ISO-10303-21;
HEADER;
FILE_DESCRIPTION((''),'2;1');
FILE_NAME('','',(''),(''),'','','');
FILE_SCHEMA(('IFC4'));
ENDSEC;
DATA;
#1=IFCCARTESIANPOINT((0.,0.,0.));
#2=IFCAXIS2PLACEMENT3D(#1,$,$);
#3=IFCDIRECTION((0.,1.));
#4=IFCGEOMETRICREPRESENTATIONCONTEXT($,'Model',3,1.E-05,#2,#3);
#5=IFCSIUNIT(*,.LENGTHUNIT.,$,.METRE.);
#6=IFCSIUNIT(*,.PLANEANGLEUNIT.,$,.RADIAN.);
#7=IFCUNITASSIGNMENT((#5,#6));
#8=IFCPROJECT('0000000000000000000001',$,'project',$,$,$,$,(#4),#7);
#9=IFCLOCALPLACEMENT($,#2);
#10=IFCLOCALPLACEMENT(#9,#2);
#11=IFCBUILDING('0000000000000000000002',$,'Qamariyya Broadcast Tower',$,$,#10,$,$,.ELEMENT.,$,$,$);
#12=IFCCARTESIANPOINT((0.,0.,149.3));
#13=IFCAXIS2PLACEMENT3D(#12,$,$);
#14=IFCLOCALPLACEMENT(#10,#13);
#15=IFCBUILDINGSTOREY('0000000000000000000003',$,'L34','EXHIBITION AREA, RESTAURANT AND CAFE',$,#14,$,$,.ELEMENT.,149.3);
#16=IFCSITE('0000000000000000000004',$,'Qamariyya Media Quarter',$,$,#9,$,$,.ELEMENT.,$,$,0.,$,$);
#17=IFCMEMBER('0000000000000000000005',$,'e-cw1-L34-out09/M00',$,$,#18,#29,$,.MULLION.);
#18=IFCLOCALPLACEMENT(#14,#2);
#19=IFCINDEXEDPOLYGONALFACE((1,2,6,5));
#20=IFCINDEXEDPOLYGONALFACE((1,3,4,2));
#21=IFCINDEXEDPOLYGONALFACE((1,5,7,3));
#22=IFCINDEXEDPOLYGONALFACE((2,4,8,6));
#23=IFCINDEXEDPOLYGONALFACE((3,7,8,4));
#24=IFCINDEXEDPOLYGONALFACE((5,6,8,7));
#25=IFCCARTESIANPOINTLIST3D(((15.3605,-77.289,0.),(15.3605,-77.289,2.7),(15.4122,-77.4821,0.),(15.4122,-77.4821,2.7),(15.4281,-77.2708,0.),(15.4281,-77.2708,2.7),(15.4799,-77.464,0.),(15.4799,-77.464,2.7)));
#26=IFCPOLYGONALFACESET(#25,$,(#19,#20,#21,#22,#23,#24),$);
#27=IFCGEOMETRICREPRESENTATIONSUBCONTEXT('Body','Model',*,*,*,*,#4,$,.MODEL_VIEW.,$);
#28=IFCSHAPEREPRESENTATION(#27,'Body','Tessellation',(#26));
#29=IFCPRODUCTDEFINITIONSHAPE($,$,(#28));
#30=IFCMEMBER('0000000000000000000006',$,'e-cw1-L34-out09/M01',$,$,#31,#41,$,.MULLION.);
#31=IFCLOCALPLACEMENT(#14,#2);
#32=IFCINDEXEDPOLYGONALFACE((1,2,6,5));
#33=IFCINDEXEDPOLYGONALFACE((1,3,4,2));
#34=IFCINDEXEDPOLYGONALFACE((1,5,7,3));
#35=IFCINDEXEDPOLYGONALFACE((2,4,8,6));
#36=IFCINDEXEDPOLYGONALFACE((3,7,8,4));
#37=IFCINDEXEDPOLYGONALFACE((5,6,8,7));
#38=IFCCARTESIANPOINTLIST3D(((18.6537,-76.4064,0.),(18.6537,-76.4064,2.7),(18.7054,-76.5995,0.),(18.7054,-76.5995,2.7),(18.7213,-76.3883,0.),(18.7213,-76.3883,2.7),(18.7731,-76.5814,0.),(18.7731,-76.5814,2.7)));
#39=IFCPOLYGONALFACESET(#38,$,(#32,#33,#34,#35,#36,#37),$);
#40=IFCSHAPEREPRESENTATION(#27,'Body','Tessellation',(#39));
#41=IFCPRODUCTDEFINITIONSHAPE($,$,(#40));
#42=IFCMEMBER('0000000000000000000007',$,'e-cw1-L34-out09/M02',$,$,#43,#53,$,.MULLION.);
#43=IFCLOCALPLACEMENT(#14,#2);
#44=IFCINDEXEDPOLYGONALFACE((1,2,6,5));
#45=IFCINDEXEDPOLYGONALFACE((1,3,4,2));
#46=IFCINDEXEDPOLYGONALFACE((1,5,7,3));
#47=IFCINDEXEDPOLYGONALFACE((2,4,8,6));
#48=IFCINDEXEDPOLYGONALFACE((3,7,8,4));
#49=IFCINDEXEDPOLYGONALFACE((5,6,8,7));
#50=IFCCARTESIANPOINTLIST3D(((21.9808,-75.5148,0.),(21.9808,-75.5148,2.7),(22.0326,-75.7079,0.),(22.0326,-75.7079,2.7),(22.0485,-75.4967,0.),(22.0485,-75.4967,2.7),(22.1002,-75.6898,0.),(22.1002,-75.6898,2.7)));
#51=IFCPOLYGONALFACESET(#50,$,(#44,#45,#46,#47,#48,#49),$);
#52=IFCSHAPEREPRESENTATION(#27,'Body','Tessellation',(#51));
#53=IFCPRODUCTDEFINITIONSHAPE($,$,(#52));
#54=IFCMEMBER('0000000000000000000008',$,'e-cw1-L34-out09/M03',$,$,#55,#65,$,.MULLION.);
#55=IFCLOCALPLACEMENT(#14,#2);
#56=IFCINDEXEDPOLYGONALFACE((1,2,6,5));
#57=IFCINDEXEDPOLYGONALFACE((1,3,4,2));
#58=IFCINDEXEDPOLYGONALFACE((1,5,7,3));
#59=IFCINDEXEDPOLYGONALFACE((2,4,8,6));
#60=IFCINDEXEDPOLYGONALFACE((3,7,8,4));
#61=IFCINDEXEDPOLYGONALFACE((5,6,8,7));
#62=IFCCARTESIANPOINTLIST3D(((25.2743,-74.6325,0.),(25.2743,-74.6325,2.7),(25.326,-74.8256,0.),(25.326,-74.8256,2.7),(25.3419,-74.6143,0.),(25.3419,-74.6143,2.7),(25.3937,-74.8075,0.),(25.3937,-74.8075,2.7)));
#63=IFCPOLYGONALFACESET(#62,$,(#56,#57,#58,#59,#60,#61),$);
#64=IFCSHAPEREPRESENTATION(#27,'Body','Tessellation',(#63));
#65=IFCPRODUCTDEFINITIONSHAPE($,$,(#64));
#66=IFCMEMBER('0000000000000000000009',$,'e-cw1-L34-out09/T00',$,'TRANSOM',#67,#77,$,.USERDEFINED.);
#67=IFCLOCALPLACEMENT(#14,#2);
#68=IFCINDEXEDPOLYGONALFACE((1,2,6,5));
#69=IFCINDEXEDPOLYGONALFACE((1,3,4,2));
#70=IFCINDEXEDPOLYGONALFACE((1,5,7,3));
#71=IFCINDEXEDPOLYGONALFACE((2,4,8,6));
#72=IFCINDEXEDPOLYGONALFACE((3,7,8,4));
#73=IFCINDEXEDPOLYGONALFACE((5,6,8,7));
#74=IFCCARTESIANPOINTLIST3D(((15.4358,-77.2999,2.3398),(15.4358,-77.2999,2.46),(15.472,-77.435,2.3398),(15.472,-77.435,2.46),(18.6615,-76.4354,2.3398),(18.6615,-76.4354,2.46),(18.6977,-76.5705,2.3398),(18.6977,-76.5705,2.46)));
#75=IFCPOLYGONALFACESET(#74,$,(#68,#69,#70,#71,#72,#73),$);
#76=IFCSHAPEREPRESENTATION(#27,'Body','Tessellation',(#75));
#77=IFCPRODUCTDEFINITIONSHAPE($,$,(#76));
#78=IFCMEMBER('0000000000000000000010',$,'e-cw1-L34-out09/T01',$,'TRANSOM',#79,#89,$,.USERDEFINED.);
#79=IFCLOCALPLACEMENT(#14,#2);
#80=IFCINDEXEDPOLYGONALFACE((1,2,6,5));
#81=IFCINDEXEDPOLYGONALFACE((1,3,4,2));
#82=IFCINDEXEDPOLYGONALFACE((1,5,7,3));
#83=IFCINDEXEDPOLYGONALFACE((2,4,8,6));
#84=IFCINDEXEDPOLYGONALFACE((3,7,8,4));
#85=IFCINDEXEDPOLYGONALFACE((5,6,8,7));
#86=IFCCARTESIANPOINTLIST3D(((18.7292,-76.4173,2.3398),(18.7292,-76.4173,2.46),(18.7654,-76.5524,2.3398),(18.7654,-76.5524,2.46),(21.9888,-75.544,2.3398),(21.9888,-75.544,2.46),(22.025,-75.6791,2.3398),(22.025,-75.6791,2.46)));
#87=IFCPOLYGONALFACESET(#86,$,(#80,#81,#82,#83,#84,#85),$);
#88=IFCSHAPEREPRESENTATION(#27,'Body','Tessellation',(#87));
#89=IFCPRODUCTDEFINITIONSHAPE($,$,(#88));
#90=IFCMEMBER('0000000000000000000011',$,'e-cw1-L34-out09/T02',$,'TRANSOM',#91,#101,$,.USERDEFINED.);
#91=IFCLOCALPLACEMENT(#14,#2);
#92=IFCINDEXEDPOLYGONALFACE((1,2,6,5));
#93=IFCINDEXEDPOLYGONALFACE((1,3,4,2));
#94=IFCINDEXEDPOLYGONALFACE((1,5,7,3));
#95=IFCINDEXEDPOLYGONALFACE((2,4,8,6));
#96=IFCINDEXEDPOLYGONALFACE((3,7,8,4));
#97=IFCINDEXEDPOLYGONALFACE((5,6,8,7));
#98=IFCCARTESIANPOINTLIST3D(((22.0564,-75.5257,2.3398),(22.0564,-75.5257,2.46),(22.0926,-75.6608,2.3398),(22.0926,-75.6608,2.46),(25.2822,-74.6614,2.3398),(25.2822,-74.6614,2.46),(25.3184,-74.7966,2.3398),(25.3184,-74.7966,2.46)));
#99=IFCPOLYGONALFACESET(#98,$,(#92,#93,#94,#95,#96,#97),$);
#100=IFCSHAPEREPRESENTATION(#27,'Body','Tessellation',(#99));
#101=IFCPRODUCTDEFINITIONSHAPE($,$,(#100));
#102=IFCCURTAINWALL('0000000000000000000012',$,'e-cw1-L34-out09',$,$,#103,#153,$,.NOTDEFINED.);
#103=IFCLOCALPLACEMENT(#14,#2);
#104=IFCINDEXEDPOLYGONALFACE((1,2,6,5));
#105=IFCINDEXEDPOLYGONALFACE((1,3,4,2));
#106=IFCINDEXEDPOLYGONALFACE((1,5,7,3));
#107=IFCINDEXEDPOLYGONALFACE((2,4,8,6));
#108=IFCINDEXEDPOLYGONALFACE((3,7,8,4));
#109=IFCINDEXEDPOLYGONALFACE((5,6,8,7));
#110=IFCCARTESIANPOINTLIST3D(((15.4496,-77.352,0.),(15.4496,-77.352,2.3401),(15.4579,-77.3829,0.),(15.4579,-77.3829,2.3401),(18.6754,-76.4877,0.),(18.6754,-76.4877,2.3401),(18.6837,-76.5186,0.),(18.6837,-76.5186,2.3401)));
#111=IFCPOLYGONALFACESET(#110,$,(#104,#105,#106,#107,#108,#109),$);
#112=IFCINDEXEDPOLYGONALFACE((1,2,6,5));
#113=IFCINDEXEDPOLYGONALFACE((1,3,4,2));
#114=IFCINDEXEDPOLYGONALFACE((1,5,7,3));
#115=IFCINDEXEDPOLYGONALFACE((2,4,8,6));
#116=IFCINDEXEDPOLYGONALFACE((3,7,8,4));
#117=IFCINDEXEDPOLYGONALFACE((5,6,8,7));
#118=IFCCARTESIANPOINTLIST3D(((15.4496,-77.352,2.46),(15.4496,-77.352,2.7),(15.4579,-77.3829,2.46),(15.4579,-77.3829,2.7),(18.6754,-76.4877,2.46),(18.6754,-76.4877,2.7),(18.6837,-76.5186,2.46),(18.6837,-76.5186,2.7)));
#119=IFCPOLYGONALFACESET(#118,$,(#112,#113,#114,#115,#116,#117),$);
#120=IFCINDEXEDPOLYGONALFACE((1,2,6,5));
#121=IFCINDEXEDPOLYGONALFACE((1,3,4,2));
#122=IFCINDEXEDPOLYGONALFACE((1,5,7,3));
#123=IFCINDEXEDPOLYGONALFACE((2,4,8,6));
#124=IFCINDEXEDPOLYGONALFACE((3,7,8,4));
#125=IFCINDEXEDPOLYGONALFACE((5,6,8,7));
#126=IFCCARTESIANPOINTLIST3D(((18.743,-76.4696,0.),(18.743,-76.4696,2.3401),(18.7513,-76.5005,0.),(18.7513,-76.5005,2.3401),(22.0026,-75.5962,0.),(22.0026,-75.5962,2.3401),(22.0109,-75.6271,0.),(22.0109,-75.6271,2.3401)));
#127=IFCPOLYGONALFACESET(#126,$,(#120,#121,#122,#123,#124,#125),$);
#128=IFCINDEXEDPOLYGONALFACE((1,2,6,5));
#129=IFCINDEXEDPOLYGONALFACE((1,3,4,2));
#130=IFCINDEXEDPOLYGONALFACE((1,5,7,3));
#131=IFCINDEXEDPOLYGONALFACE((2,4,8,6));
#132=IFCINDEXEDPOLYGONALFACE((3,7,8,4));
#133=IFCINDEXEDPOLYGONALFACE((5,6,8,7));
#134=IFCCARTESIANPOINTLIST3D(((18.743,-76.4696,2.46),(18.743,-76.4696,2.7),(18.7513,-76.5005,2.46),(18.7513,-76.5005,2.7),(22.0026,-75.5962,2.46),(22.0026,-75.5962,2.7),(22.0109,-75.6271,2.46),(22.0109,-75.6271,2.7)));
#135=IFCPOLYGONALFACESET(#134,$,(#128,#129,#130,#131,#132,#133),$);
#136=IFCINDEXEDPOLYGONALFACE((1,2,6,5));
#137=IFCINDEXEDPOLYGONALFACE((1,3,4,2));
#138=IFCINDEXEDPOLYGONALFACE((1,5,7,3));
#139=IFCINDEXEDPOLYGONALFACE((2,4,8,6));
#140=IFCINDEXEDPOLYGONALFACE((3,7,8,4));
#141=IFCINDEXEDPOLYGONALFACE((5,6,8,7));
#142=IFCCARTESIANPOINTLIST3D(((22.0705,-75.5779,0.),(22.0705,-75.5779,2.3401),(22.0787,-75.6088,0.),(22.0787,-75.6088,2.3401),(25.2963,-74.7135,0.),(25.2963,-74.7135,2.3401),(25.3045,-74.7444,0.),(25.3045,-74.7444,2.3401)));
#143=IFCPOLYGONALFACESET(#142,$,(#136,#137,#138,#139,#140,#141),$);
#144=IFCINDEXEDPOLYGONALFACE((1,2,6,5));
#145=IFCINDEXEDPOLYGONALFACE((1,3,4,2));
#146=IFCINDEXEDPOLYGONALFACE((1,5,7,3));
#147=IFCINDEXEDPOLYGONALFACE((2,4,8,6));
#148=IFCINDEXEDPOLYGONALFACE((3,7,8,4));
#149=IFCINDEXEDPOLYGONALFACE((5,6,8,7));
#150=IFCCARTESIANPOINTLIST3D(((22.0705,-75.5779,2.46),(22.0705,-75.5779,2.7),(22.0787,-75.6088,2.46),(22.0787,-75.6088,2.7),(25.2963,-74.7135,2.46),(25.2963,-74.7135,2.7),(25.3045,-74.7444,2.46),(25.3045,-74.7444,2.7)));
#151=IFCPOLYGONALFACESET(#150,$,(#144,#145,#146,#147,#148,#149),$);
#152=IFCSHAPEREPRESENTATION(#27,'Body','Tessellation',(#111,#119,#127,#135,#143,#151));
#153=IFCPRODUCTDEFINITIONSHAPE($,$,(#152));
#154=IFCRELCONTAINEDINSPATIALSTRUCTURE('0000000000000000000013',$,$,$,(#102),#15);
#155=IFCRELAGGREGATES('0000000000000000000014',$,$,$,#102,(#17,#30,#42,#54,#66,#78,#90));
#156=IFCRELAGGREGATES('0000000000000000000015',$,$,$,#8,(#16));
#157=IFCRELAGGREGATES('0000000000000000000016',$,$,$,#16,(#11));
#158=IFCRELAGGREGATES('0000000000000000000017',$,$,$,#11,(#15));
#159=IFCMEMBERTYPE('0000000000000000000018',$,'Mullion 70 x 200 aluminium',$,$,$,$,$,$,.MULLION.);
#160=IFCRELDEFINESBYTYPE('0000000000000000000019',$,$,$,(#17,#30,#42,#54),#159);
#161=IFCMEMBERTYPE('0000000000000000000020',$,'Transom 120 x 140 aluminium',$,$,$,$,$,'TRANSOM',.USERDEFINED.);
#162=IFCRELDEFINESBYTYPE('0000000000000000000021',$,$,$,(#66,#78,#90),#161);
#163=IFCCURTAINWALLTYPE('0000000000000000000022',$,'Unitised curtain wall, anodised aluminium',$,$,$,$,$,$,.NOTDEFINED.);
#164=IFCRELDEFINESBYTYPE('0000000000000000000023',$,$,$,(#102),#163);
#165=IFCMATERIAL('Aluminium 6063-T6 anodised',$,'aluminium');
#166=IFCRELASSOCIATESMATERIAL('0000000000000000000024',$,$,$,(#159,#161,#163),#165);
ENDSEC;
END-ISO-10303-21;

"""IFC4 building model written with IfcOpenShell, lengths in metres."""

from ifc_helpers import new_model, si_unit, direction, frame, origin, origin_2d, place, context, subcontext, project, spatial, rectangle, extrude, material, material_profile, profile_set, type_object, element, aggregate, save


model = new_model("IFC4")

# Units and contexts
model_context = context("Model", 3, precision=1e-05, world=origin(), true_north=direction((0.0, 1.0)))
body_context = subcontext(model_context, "Body", "Model", "MODEL_VIEW")
ifc_project = project(units=[si_unit("LENGTHUNIT", "METRE"), si_unit("PLANEANGLEUNIT", "RADIAN")], contexts=[model_context])

# Members
ifc_material = material(Name="Aluminium 6063-T6 anodised", Category="aluminium")
ifc_material_profile_1 = material_profile(ifc_material, rectangle(XDim=0.2, YDim=0.0701, at=origin_2d()))
ifc_profile_set_1 = profile_set([ifc_material_profile_1], Name="Aluminium 6063-T6 anodised")
member_type_1 = type_object("IfcMemberType", Name="Mullion 70 x 200 aluminium", PredefinedType="MULLION", material=ifc_profile_set_1)
site_placement = place(None, origin())
building_placement = place(site_placement, origin())
storey_placement = place(building_placement, frame((0.0, 0.0, 149.3)))
member_1_placement = place(storey_placement, frame((15.4202, -77.3765, 0.0), z_axis=(0.0, 0.0, 1.0), x_axis=(-0.258819, 0.965926, 0.0)))
member_1 = element("IfcMember", 1, at=member_1_placement, type_object=member_type_1, Name="e-cw1-L34-out09/M00", PredefinedType="MULLION", context=body_context, shape_type="SweptSolid", body=[
    extrude(rectangle(XDim=0.2, YDim=0.0701, at=origin_2d()), origin(), (0.0, 0.0, 1.0), 2.7),
])
member_2_placement = place(storey_placement, frame((18.7134, -76.4939, 0.0), z_axis=(0.0, 0.0, 1.0), x_axis=(-0.258819, 0.965926, 0.0)))
member_2 = element("IfcMember", 2, at=member_2_placement, type_object=member_type_1, Name="e-cw1-L34-out09/M01", PredefinedType="MULLION", context=body_context, shape_type="SweptSolid", body=[
    extrude(rectangle(XDim=0.2, YDim=0.0701, at=origin_2d()), origin(), (0.0, 0.0, 1.0), 2.7),
])
member_3_placement = place(storey_placement, frame((22.0405, -75.6023, 0.0), z_axis=(0.0, 0.0, 1.0), x_axis=(-0.258819, 0.965926, 0.0)))
member_3 = element("IfcMember", 3, at=member_3_placement, type_object=member_type_1, Name="e-cw1-L34-out09/M02", PredefinedType="MULLION", context=body_context, shape_type="SweptSolid", body=[
    extrude(rectangle(XDim=0.2, YDim=0.0701, at=origin_2d()), origin(), (0.0, 0.0, 1.0), 2.7),
])
member_4_placement = place(storey_placement, frame((25.334, -74.72, 0.0), z_axis=(0.0, 0.0, 1.0), x_axis=(-0.258819, 0.965926, 0.0)))
member_4 = element("IfcMember", 4, at=member_4_placement, type_object=member_type_1, Name="e-cw1-L34-out09/M03", PredefinedType="MULLION", context=body_context, shape_type="SweptSolid", body=[
    extrude(rectangle(XDim=0.2, YDim=0.0701, at=origin_2d()), origin(), (0.0, 0.0, 1.0), 2.7),
])
ifc_material_profile_2 = material_profile(ifc_material, rectangle(XDim=0.1399, YDim=0.1201, at=origin_2d()))
ifc_profile_set_2 = profile_set([ifc_material_profile_2], Name="Aluminium 6063-T6 anodised")
member_type_2 = type_object("IfcMemberType", Name="Transom 120 x 140 aluminium", ElementType="TRANSOM", PredefinedType="USERDEFINED", material=ifc_profile_set_2)
member_5_placement = place(storey_placement, frame((15.4539, -77.3674, 2.3999), z_axis=(0.965915, 0.258859, 0.0), x_axis=(-0.258859, 0.965915, 0.0)))
member_5 = element("IfcMember", 5, at=member_5_placement, type_object=member_type_2, Name="e-cw1-L34-out09/T00", ObjectType="TRANSOM", PredefinedType="USERDEFINED", context=body_context, shape_type="SweptSolid", body=[
    extrude(rectangle(XDim=0.1399, YDim=0.1201, at=origin_2d()), origin(), (0.0, 0.0, 1.0), 3.3396),
])
member_6_placement = place(storey_placement, frame((18.7473, -76.4849, 2.3999), z_axis=(0.965933, 0.258793, 0.0), x_axis=(-0.258793, 0.965933, 0.0)))
member_6 = element("IfcMember", 6, at=member_6_placement, type_object=member_type_2, Name="e-cw1-L34-out09/T01", ObjectType="TRANSOM", PredefinedType="USERDEFINED", context=body_context, shape_type="SweptSolid", body=[
    extrude(rectangle(XDim=0.1399, YDim=0.1201, at=origin_2d()), origin(), (0.0, 0.0, 1.0), 3.3745),
])
member_7_placement = place(storey_placement, frame((22.0745, -75.5933, 2.3999), z_axis=(0.965933, 0.258791, 0.0), x_axis=(-0.258791, 0.965933, 0.0)))
member_7 = element("IfcMember", 7, at=member_7_placement, type_object=member_type_2, Name="e-cw1-L34-out09/T02", ObjectType="TRANSOM", PredefinedType="USERDEFINED", context=body_context, shape_type="SweptSolid", body=[
    extrude(rectangle(XDim=0.1399, YDim=0.1201, at=origin_2d()), origin(), (0.0, 0.0, 1.0), 3.3396),
])

# Site, building, storey
site = spatial("IfcSite", under=ifc_project, at=site_placement, Name="Qamariyya Media Quarter", CompositionType="ELEMENT", RefElevation=0.0)
building = spatial("IfcBuilding", under=site, at=building_placement, Name="Qamariyya Broadcast Tower", CompositionType="ELEMENT")
storey = spatial("IfcBuildingStorey", under=building, at=storey_placement, Name="L34", Description="EXHIBITION AREA, RESTAURANT AND CAFE", CompositionType="ELEMENT", Elevation=149.3)

# Curtain wall
curtain_wall_type = type_object("IfcCurtainWallType", Name="Unitised curtain wall, anodised aluminium", PredefinedType="NOTDEFINED", material=ifc_material)
curtain_wall_1_placement = place(storey_placement, origin())
curtain_wall_1 = element("IfcCurtainWall", 8, at=curtain_wall_1_placement, inside=storey, type_object=curtain_wall_type, Name="e-cw1-L34-out09", PredefinedType="NOTDEFINED", context=body_context, shape_type="SweptSolid", body=[
    extrude(rectangle(XDim=3.3396, YDim=0.032, at=origin_2d()), frame((17.0667, -76.9353, 0.0), x_axis=(0.965926, 0.258817, 0.0)), (0.0, 0.0, 1.0), 2.3401),
    extrude(rectangle(XDim=3.3396, YDim=0.032, at=origin_2d()), frame((17.0667, -76.9353, 2.46), x_axis=(0.965926, 0.258817, 0.0)), (0.0, 0.0, 1.0), 0.24),
    extrude(rectangle(XDim=3.3745, YDim=0.032, at=origin_2d()), frame((20.377, -76.0483, 0.0), x_axis=(0.965926, 0.258817, 0.0)), (0.0, 0.0, 1.0), 2.3401),
    extrude(rectangle(XDim=3.3745, YDim=0.032, at=origin_2d()), frame((20.377, -76.0483, 2.46), x_axis=(0.965926, 0.258817, 0.0)), (0.0, 0.0, 1.0), 0.24),
    extrude(rectangle(XDim=3.3396, YDim=0.032, at=origin_2d()), frame((23.6875, -75.1611, 0.0), x_axis=(0.965926, 0.258817, 0.0)), (0.0, 0.0, 1.0), 2.3401),
    extrude(rectangle(XDim=3.3396, YDim=0.032, at=origin_2d()), frame((23.6875, -75.1611, 2.46), x_axis=(0.965926, 0.258817, 0.0)), (0.0, 0.0, 1.0), 0.24),
])
aggregate(curtain_wall_1, [member_1, member_2, member_3, member_4, member_5, member_6, member_7])

save(model, "model.ifc")
